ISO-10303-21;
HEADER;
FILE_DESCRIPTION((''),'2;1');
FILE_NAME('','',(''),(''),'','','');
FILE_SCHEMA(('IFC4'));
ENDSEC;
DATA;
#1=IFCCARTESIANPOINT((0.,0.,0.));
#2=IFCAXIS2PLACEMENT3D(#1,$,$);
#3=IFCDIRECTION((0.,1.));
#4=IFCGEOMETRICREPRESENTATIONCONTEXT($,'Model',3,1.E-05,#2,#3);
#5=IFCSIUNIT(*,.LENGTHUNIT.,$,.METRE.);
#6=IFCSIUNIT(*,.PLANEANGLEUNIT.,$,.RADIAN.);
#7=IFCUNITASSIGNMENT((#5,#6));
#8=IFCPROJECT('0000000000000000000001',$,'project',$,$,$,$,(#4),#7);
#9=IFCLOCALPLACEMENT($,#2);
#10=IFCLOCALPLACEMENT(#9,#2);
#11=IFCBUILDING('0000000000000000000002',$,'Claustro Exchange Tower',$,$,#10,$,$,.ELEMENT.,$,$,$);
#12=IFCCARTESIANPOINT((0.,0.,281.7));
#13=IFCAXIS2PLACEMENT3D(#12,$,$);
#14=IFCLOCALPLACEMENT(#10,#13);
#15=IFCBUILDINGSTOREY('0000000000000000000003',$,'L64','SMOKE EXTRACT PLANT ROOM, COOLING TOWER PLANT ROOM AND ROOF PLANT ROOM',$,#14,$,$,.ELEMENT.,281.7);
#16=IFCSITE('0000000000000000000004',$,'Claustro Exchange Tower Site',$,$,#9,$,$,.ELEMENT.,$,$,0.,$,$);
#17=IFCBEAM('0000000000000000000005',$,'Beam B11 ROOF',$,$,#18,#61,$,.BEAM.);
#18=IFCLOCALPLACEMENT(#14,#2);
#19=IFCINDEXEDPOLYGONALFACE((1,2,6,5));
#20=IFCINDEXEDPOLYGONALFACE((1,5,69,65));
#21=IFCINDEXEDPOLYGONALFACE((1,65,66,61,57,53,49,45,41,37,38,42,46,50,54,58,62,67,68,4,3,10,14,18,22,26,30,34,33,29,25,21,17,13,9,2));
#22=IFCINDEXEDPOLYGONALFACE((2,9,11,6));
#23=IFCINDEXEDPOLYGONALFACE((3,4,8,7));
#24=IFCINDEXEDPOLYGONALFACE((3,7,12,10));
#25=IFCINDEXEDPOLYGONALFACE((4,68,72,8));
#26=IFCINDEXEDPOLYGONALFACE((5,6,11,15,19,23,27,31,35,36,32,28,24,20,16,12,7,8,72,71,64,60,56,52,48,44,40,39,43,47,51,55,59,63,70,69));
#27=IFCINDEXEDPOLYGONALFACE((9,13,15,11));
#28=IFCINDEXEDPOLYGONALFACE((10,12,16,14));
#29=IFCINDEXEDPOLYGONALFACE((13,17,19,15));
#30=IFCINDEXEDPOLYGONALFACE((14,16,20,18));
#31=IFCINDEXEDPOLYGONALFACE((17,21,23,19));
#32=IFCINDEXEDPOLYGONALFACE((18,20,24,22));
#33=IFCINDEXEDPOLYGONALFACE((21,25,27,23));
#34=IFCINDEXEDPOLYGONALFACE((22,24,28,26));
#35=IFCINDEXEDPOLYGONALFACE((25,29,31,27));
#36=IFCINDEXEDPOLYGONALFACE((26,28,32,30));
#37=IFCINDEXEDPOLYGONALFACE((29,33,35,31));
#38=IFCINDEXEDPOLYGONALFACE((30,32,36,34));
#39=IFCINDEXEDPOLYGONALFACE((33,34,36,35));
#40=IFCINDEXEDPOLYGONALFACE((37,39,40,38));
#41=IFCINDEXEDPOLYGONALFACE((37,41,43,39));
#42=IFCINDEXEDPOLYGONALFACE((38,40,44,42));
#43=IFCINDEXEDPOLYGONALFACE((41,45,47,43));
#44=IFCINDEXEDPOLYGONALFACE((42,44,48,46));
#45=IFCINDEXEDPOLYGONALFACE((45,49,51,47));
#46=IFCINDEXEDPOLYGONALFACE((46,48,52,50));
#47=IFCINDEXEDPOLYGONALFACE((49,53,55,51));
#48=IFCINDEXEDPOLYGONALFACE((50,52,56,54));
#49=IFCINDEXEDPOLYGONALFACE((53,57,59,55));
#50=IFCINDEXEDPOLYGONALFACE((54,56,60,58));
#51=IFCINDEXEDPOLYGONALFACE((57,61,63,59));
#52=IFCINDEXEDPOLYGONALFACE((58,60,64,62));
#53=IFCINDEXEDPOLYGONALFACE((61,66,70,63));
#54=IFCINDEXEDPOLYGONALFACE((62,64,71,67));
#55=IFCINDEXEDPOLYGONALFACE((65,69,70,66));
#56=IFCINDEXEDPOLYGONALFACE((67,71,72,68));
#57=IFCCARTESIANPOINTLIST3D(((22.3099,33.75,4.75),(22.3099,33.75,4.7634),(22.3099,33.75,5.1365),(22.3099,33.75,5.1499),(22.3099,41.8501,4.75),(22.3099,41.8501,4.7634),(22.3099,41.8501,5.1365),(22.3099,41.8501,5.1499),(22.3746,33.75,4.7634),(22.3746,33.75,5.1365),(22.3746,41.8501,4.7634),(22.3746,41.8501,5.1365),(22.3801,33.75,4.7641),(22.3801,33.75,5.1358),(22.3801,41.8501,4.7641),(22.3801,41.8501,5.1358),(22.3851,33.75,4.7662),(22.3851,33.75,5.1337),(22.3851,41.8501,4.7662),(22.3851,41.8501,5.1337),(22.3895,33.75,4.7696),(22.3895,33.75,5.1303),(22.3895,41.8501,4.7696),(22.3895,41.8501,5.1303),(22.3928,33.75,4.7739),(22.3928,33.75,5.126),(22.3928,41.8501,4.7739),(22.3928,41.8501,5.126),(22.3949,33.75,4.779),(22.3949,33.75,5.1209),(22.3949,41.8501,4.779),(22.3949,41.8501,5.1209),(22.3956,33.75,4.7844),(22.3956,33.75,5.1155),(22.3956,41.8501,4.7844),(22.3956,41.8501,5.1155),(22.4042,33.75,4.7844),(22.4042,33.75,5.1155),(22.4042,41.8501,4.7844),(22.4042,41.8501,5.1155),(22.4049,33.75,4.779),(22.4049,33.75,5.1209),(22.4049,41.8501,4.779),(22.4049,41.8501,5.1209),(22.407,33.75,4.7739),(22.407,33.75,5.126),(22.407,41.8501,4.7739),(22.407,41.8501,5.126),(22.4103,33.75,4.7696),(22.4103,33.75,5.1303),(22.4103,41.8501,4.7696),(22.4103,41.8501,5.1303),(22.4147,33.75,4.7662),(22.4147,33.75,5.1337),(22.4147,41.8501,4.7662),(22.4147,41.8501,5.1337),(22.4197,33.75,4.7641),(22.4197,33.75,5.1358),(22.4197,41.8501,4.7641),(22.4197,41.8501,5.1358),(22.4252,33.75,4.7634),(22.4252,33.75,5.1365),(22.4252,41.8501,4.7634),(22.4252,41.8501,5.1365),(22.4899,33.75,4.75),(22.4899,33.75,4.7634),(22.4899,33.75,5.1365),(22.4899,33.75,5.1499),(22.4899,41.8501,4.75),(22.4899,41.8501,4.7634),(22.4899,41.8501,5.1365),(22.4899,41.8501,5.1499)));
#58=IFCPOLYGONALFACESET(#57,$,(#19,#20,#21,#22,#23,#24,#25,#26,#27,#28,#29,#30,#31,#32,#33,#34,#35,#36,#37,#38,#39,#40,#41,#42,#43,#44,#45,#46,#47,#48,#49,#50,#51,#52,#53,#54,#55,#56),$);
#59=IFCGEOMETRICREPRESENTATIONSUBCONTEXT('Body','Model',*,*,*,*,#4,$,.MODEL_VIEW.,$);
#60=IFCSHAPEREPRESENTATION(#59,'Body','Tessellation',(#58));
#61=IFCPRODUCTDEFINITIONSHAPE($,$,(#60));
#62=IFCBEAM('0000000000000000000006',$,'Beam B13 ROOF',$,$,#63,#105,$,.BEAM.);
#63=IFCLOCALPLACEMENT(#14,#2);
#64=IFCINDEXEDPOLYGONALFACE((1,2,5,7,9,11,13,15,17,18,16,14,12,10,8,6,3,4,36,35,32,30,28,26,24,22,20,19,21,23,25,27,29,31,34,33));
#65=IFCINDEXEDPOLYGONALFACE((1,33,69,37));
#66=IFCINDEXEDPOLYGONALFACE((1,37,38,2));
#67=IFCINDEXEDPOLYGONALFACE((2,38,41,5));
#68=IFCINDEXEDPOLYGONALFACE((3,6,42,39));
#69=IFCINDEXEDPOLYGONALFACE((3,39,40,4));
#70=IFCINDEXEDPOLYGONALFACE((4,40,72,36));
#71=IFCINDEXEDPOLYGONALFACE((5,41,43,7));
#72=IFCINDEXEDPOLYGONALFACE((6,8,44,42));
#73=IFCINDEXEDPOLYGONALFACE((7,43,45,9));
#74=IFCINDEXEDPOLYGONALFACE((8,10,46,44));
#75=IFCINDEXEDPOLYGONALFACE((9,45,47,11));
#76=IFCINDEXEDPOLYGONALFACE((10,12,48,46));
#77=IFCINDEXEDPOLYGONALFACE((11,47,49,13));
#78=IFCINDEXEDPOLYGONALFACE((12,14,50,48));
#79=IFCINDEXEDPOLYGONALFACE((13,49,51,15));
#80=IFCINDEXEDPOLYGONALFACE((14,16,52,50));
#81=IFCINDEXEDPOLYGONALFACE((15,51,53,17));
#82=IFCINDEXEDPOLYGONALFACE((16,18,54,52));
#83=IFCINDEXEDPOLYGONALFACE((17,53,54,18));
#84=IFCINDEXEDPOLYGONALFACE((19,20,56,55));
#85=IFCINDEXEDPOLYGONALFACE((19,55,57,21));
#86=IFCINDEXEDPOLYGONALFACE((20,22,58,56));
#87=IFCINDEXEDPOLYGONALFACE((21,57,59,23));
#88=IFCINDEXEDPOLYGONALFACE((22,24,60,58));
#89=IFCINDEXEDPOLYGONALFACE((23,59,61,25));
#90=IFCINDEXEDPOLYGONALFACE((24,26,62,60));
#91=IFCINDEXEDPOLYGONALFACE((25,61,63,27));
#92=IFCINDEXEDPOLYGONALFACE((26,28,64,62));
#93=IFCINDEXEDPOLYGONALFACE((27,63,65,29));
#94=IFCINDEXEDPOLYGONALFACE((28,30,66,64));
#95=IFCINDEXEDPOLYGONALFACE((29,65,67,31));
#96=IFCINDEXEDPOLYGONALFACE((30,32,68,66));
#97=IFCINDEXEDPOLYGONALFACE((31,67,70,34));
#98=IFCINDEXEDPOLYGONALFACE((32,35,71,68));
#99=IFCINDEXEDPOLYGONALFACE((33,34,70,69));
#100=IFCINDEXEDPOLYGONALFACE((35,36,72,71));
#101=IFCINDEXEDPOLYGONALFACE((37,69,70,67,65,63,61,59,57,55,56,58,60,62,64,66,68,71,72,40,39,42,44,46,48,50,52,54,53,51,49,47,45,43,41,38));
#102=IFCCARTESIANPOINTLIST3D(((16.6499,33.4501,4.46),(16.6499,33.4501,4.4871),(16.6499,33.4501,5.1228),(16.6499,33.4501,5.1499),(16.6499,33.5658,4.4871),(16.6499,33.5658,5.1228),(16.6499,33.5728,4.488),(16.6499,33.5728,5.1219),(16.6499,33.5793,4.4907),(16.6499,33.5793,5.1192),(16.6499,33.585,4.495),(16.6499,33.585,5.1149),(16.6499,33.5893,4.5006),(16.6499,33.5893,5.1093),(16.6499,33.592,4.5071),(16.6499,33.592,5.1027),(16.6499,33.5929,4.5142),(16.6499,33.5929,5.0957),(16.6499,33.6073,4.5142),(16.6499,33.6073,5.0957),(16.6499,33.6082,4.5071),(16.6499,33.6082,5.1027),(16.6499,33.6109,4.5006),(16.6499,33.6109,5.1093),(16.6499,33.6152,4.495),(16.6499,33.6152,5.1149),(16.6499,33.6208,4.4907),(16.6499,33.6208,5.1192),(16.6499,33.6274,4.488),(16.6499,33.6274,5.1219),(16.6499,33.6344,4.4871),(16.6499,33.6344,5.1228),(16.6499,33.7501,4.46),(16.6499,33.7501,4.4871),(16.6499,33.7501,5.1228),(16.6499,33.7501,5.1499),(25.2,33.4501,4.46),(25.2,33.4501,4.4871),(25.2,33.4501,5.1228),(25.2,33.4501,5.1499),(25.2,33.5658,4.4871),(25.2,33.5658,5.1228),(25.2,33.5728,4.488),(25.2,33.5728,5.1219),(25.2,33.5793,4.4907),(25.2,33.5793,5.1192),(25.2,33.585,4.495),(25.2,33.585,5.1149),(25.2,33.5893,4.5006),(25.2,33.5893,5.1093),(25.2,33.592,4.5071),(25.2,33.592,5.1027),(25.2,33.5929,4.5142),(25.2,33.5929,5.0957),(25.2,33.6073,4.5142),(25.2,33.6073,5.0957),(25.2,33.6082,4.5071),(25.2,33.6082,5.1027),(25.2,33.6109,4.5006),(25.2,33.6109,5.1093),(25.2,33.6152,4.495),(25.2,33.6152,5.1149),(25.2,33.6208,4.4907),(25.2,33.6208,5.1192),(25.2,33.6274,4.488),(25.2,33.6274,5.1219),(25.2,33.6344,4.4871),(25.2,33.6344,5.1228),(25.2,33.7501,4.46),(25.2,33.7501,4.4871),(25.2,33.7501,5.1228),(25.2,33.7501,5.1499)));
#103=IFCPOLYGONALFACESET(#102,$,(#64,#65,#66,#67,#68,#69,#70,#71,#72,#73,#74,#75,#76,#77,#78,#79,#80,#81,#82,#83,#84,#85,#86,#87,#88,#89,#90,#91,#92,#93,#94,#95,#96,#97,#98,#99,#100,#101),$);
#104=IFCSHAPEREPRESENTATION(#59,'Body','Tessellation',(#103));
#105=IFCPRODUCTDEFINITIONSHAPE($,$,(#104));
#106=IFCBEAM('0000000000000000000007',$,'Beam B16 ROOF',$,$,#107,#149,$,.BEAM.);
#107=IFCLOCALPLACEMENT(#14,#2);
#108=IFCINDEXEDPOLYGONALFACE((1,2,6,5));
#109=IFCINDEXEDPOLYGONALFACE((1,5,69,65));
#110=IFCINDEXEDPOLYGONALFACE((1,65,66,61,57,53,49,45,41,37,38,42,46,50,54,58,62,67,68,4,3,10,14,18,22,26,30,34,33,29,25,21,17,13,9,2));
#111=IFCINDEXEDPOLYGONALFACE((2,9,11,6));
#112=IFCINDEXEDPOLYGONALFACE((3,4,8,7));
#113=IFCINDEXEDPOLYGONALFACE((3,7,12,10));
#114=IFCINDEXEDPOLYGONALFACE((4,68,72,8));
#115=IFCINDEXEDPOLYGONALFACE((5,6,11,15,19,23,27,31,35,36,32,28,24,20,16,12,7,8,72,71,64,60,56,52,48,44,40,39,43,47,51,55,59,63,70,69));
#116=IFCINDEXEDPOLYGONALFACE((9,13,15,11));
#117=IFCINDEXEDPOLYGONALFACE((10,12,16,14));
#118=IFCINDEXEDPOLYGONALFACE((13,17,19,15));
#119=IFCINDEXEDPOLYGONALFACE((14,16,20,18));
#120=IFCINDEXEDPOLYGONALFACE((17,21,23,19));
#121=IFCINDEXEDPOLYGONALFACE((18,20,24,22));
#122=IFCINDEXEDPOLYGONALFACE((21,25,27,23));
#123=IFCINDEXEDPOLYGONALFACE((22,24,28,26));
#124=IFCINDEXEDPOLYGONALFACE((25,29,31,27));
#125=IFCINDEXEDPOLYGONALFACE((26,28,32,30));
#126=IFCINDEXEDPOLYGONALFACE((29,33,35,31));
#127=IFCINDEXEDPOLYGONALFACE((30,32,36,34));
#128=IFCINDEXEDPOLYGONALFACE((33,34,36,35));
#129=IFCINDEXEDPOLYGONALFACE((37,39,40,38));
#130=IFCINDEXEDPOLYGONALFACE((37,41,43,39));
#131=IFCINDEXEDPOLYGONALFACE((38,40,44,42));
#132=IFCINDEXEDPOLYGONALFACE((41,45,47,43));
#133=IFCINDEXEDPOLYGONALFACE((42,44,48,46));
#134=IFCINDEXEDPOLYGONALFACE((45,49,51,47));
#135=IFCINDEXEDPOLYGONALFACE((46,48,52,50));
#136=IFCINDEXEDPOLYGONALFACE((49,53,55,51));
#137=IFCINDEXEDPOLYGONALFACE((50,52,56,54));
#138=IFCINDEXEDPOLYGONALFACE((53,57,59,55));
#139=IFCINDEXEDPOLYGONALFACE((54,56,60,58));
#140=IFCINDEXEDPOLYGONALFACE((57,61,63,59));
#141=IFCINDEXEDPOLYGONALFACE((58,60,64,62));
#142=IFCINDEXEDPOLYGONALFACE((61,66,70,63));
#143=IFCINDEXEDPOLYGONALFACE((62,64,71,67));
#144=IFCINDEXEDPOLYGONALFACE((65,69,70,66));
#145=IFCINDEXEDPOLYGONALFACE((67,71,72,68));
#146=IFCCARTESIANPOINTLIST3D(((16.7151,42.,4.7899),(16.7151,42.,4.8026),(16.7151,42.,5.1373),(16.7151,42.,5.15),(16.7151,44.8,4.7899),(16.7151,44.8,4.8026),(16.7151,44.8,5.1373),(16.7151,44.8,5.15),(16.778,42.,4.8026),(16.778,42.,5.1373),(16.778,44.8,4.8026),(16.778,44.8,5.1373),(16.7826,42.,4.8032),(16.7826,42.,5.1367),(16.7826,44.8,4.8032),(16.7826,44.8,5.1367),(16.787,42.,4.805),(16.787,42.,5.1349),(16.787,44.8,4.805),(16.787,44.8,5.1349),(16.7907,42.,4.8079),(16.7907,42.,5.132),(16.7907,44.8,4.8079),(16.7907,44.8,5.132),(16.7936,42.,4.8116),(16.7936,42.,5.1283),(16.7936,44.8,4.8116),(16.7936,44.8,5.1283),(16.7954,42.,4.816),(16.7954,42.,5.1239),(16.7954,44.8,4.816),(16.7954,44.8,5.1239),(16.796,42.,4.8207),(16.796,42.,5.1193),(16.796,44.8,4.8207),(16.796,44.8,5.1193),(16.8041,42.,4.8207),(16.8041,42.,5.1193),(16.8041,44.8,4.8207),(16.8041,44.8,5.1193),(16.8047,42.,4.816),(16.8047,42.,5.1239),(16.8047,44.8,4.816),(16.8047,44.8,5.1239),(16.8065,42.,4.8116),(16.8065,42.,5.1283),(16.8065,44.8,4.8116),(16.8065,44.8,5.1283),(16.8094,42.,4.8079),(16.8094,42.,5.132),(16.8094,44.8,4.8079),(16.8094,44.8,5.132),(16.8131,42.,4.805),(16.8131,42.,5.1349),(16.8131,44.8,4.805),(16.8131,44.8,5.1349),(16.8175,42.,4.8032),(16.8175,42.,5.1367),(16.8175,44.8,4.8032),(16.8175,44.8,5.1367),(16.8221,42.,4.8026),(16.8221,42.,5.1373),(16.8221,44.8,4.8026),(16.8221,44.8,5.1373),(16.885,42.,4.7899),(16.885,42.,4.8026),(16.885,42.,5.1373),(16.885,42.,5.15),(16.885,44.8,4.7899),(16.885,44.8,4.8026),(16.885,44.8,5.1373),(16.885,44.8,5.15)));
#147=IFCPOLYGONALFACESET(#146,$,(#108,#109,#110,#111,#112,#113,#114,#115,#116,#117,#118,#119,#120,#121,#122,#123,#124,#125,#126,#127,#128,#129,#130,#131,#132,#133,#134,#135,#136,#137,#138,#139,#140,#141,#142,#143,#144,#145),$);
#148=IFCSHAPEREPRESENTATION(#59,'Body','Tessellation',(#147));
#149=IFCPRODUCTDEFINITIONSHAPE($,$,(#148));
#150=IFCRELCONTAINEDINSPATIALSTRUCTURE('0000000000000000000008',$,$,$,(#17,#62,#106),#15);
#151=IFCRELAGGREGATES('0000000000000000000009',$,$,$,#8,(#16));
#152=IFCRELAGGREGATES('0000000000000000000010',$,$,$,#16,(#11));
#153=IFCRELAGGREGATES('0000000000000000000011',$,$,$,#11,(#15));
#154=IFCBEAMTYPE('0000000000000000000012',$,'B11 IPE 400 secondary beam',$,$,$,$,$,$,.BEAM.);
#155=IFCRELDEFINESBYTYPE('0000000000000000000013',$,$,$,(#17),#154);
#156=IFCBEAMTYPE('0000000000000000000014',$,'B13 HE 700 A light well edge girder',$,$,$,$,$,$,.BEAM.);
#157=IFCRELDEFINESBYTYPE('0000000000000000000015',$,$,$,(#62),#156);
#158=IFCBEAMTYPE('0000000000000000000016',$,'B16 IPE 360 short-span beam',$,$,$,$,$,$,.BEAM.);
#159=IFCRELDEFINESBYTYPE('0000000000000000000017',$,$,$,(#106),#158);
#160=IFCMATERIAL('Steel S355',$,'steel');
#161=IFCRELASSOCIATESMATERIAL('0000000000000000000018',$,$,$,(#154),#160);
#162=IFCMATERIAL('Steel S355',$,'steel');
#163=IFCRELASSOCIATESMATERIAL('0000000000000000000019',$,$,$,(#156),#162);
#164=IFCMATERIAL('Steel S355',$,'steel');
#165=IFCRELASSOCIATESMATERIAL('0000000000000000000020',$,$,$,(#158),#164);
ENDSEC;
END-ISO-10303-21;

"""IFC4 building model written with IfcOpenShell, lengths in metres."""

from ifc_helpers import new_model, si_unit, direction, frame, origin, origin_2d, place, context, subcontext, project, spatial, i_section, extrude, material, material_profile, profile_set, type_object, element, save


model = new_model("IFC4")

# Units and contexts
model_context = context("Model", 3, precision=1e-05, world=origin(), true_north=direction((0.0, 1.0)))
body_context = subcontext(model_context, "Body", "Model", "MODEL_VIEW")
ifc_project = project(units=[si_unit("LENGTHUNIT", "METRE"), si_unit("PLANEANGLEUNIT", "RADIAN")], contexts=[model_context])

# Site, building, storey
site_placement = place(None, origin())
site = spatial("IfcSite", under=ifc_project, at=site_placement, Name="Claustro Exchange Tower Site", CompositionType="ELEMENT", RefElevation=0.0)
building_placement = place(site_placement, origin())
building = spatial("IfcBuilding", under=site, at=building_placement, Name="Claustro Exchange Tower", CompositionType="ELEMENT")
storey_placement = place(building_placement, frame((0.0, 0.0, 281.7)))
storey = spatial("IfcBuildingStorey", under=building, at=storey_placement, Name="L64", Description="SMOKE EXTRACT PLANT ROOM, COOLING TOWER PLANT ROOM AND ROOF PLANT ROOM", CompositionType="ELEMENT", Elevation=281.7)

# Beams
ifc_material_1 = material(Name="Steel S355", Category="steel")
ifc_material_profile_1 = material_profile(ifc_material_1, i_section(OverallWidth=0.1799, OverallDepth=0.3999, WebThickness=0.0085, FlangeThickness=0.0134, FilletRadius=0.021, at=origin_2d()), Name="IPE 400")
ifc_profile_set_1 = profile_set([ifc_material_profile_1], Name="Steel S355")
beam_type_1 = type_object("IfcBeamType", Name="B11 IPE 400 secondary beam", PredefinedType="BEAM", material=ifc_profile_set_1)
for number, where, z_axis, x_axis, name in (
    (1, (22.3999, 33.75, 4.95), (0.0, 1.0, 0.0), (-1.0, 0.0, 0.0), "Beam B11 ROOF"),
):
    element("IfcBeam", number, at=place(storey_placement, frame(where, z_axis=z_axis, x_axis=x_axis)), inside=storey, type_object=beam_type_1, Name=name, PredefinedType="BEAM", context=body_context, shape_type="SweptSolid", body=[
        extrude(i_section(OverallWidth=0.1799, OverallDepth=0.3999, WebThickness=0.0085, FlangeThickness=0.0134, FilletRadius=0.021, at=origin_2d()), origin(), (0.0, 0.0, 1.0), 8.1001),
    ])
ifc_material_2 = material(Name="Steel S355", Category="steel")
ifc_material_profile_2 = material_profile(ifc_material_2, i_section(OverallWidth=0.3, OverallDepth=0.6899, WebThickness=0.0144, FlangeThickness=0.0271, FilletRadius=0.0271, at=origin_2d()), Name="HE 700 A")
ifc_profile_set_2 = profile_set([ifc_material_profile_2], Name="Steel S355")
beam_type_2 = type_object("IfcBeamType", Name="B13 HE 700 A light well edge girder", PredefinedType="BEAM", material=ifc_profile_set_2)
beam_1_placement = place(storey_placement, frame((16.6499, 33.6001, 4.8049), z_axis=(1.0, 0.0, 0.0), x_axis=(0.0, 1.0, 0.0)))
element("IfcBeam", 2, at=beam_1_placement, inside=storey, type_object=beam_type_2, Name="Beam B13 ROOF", PredefinedType="BEAM", context=body_context, shape_type="SweptSolid", body=[
    extrude(i_section(OverallWidth=0.3, OverallDepth=0.6899, WebThickness=0.0144, FlangeThickness=0.0271, FilletRadius=0.0271, at=origin_2d()), origin(), (0.0, 0.0, 1.0), 8.55),
])
ifc_material_3 = material(Name="Steel S355", Category="steel")
ifc_material_profile_3 = material_profile(ifc_material_3, i_section(OverallWidth=0.1699, OverallDepth=0.3601, WebThickness=0.0081, FlangeThickness=0.0127, FilletRadius=0.0181, at=origin_2d()), Name="IPE 360")
ifc_profile_set_3 = profile_set([ifc_material_profile_3], Name="Steel S355")
beam_type_3 = type_object("IfcBeamType", Name="B16 IPE 360 short-span beam", PredefinedType="BEAM", material=ifc_profile_set_3)
beam_2_placement = place(storey_placement, frame((16.8, 42.0, 4.97), z_axis=(0.0, 1.0, 0.0), x_axis=(-1.0, 0.0, 0.0)))
element("IfcBeam", 3, at=beam_2_placement, inside=storey, type_object=beam_type_3, Name="Beam B16 ROOF", PredefinedType="BEAM", context=body_context, shape_type="SweptSolid", body=[
    extrude(i_section(OverallWidth=0.1699, OverallDepth=0.3601, WebThickness=0.0081, FlangeThickness=0.0127, FilletRadius=0.0181, at=origin_2d()), origin(), (0.0, 0.0, 1.0), 2.8),
])

save(model, "model.ifc")
